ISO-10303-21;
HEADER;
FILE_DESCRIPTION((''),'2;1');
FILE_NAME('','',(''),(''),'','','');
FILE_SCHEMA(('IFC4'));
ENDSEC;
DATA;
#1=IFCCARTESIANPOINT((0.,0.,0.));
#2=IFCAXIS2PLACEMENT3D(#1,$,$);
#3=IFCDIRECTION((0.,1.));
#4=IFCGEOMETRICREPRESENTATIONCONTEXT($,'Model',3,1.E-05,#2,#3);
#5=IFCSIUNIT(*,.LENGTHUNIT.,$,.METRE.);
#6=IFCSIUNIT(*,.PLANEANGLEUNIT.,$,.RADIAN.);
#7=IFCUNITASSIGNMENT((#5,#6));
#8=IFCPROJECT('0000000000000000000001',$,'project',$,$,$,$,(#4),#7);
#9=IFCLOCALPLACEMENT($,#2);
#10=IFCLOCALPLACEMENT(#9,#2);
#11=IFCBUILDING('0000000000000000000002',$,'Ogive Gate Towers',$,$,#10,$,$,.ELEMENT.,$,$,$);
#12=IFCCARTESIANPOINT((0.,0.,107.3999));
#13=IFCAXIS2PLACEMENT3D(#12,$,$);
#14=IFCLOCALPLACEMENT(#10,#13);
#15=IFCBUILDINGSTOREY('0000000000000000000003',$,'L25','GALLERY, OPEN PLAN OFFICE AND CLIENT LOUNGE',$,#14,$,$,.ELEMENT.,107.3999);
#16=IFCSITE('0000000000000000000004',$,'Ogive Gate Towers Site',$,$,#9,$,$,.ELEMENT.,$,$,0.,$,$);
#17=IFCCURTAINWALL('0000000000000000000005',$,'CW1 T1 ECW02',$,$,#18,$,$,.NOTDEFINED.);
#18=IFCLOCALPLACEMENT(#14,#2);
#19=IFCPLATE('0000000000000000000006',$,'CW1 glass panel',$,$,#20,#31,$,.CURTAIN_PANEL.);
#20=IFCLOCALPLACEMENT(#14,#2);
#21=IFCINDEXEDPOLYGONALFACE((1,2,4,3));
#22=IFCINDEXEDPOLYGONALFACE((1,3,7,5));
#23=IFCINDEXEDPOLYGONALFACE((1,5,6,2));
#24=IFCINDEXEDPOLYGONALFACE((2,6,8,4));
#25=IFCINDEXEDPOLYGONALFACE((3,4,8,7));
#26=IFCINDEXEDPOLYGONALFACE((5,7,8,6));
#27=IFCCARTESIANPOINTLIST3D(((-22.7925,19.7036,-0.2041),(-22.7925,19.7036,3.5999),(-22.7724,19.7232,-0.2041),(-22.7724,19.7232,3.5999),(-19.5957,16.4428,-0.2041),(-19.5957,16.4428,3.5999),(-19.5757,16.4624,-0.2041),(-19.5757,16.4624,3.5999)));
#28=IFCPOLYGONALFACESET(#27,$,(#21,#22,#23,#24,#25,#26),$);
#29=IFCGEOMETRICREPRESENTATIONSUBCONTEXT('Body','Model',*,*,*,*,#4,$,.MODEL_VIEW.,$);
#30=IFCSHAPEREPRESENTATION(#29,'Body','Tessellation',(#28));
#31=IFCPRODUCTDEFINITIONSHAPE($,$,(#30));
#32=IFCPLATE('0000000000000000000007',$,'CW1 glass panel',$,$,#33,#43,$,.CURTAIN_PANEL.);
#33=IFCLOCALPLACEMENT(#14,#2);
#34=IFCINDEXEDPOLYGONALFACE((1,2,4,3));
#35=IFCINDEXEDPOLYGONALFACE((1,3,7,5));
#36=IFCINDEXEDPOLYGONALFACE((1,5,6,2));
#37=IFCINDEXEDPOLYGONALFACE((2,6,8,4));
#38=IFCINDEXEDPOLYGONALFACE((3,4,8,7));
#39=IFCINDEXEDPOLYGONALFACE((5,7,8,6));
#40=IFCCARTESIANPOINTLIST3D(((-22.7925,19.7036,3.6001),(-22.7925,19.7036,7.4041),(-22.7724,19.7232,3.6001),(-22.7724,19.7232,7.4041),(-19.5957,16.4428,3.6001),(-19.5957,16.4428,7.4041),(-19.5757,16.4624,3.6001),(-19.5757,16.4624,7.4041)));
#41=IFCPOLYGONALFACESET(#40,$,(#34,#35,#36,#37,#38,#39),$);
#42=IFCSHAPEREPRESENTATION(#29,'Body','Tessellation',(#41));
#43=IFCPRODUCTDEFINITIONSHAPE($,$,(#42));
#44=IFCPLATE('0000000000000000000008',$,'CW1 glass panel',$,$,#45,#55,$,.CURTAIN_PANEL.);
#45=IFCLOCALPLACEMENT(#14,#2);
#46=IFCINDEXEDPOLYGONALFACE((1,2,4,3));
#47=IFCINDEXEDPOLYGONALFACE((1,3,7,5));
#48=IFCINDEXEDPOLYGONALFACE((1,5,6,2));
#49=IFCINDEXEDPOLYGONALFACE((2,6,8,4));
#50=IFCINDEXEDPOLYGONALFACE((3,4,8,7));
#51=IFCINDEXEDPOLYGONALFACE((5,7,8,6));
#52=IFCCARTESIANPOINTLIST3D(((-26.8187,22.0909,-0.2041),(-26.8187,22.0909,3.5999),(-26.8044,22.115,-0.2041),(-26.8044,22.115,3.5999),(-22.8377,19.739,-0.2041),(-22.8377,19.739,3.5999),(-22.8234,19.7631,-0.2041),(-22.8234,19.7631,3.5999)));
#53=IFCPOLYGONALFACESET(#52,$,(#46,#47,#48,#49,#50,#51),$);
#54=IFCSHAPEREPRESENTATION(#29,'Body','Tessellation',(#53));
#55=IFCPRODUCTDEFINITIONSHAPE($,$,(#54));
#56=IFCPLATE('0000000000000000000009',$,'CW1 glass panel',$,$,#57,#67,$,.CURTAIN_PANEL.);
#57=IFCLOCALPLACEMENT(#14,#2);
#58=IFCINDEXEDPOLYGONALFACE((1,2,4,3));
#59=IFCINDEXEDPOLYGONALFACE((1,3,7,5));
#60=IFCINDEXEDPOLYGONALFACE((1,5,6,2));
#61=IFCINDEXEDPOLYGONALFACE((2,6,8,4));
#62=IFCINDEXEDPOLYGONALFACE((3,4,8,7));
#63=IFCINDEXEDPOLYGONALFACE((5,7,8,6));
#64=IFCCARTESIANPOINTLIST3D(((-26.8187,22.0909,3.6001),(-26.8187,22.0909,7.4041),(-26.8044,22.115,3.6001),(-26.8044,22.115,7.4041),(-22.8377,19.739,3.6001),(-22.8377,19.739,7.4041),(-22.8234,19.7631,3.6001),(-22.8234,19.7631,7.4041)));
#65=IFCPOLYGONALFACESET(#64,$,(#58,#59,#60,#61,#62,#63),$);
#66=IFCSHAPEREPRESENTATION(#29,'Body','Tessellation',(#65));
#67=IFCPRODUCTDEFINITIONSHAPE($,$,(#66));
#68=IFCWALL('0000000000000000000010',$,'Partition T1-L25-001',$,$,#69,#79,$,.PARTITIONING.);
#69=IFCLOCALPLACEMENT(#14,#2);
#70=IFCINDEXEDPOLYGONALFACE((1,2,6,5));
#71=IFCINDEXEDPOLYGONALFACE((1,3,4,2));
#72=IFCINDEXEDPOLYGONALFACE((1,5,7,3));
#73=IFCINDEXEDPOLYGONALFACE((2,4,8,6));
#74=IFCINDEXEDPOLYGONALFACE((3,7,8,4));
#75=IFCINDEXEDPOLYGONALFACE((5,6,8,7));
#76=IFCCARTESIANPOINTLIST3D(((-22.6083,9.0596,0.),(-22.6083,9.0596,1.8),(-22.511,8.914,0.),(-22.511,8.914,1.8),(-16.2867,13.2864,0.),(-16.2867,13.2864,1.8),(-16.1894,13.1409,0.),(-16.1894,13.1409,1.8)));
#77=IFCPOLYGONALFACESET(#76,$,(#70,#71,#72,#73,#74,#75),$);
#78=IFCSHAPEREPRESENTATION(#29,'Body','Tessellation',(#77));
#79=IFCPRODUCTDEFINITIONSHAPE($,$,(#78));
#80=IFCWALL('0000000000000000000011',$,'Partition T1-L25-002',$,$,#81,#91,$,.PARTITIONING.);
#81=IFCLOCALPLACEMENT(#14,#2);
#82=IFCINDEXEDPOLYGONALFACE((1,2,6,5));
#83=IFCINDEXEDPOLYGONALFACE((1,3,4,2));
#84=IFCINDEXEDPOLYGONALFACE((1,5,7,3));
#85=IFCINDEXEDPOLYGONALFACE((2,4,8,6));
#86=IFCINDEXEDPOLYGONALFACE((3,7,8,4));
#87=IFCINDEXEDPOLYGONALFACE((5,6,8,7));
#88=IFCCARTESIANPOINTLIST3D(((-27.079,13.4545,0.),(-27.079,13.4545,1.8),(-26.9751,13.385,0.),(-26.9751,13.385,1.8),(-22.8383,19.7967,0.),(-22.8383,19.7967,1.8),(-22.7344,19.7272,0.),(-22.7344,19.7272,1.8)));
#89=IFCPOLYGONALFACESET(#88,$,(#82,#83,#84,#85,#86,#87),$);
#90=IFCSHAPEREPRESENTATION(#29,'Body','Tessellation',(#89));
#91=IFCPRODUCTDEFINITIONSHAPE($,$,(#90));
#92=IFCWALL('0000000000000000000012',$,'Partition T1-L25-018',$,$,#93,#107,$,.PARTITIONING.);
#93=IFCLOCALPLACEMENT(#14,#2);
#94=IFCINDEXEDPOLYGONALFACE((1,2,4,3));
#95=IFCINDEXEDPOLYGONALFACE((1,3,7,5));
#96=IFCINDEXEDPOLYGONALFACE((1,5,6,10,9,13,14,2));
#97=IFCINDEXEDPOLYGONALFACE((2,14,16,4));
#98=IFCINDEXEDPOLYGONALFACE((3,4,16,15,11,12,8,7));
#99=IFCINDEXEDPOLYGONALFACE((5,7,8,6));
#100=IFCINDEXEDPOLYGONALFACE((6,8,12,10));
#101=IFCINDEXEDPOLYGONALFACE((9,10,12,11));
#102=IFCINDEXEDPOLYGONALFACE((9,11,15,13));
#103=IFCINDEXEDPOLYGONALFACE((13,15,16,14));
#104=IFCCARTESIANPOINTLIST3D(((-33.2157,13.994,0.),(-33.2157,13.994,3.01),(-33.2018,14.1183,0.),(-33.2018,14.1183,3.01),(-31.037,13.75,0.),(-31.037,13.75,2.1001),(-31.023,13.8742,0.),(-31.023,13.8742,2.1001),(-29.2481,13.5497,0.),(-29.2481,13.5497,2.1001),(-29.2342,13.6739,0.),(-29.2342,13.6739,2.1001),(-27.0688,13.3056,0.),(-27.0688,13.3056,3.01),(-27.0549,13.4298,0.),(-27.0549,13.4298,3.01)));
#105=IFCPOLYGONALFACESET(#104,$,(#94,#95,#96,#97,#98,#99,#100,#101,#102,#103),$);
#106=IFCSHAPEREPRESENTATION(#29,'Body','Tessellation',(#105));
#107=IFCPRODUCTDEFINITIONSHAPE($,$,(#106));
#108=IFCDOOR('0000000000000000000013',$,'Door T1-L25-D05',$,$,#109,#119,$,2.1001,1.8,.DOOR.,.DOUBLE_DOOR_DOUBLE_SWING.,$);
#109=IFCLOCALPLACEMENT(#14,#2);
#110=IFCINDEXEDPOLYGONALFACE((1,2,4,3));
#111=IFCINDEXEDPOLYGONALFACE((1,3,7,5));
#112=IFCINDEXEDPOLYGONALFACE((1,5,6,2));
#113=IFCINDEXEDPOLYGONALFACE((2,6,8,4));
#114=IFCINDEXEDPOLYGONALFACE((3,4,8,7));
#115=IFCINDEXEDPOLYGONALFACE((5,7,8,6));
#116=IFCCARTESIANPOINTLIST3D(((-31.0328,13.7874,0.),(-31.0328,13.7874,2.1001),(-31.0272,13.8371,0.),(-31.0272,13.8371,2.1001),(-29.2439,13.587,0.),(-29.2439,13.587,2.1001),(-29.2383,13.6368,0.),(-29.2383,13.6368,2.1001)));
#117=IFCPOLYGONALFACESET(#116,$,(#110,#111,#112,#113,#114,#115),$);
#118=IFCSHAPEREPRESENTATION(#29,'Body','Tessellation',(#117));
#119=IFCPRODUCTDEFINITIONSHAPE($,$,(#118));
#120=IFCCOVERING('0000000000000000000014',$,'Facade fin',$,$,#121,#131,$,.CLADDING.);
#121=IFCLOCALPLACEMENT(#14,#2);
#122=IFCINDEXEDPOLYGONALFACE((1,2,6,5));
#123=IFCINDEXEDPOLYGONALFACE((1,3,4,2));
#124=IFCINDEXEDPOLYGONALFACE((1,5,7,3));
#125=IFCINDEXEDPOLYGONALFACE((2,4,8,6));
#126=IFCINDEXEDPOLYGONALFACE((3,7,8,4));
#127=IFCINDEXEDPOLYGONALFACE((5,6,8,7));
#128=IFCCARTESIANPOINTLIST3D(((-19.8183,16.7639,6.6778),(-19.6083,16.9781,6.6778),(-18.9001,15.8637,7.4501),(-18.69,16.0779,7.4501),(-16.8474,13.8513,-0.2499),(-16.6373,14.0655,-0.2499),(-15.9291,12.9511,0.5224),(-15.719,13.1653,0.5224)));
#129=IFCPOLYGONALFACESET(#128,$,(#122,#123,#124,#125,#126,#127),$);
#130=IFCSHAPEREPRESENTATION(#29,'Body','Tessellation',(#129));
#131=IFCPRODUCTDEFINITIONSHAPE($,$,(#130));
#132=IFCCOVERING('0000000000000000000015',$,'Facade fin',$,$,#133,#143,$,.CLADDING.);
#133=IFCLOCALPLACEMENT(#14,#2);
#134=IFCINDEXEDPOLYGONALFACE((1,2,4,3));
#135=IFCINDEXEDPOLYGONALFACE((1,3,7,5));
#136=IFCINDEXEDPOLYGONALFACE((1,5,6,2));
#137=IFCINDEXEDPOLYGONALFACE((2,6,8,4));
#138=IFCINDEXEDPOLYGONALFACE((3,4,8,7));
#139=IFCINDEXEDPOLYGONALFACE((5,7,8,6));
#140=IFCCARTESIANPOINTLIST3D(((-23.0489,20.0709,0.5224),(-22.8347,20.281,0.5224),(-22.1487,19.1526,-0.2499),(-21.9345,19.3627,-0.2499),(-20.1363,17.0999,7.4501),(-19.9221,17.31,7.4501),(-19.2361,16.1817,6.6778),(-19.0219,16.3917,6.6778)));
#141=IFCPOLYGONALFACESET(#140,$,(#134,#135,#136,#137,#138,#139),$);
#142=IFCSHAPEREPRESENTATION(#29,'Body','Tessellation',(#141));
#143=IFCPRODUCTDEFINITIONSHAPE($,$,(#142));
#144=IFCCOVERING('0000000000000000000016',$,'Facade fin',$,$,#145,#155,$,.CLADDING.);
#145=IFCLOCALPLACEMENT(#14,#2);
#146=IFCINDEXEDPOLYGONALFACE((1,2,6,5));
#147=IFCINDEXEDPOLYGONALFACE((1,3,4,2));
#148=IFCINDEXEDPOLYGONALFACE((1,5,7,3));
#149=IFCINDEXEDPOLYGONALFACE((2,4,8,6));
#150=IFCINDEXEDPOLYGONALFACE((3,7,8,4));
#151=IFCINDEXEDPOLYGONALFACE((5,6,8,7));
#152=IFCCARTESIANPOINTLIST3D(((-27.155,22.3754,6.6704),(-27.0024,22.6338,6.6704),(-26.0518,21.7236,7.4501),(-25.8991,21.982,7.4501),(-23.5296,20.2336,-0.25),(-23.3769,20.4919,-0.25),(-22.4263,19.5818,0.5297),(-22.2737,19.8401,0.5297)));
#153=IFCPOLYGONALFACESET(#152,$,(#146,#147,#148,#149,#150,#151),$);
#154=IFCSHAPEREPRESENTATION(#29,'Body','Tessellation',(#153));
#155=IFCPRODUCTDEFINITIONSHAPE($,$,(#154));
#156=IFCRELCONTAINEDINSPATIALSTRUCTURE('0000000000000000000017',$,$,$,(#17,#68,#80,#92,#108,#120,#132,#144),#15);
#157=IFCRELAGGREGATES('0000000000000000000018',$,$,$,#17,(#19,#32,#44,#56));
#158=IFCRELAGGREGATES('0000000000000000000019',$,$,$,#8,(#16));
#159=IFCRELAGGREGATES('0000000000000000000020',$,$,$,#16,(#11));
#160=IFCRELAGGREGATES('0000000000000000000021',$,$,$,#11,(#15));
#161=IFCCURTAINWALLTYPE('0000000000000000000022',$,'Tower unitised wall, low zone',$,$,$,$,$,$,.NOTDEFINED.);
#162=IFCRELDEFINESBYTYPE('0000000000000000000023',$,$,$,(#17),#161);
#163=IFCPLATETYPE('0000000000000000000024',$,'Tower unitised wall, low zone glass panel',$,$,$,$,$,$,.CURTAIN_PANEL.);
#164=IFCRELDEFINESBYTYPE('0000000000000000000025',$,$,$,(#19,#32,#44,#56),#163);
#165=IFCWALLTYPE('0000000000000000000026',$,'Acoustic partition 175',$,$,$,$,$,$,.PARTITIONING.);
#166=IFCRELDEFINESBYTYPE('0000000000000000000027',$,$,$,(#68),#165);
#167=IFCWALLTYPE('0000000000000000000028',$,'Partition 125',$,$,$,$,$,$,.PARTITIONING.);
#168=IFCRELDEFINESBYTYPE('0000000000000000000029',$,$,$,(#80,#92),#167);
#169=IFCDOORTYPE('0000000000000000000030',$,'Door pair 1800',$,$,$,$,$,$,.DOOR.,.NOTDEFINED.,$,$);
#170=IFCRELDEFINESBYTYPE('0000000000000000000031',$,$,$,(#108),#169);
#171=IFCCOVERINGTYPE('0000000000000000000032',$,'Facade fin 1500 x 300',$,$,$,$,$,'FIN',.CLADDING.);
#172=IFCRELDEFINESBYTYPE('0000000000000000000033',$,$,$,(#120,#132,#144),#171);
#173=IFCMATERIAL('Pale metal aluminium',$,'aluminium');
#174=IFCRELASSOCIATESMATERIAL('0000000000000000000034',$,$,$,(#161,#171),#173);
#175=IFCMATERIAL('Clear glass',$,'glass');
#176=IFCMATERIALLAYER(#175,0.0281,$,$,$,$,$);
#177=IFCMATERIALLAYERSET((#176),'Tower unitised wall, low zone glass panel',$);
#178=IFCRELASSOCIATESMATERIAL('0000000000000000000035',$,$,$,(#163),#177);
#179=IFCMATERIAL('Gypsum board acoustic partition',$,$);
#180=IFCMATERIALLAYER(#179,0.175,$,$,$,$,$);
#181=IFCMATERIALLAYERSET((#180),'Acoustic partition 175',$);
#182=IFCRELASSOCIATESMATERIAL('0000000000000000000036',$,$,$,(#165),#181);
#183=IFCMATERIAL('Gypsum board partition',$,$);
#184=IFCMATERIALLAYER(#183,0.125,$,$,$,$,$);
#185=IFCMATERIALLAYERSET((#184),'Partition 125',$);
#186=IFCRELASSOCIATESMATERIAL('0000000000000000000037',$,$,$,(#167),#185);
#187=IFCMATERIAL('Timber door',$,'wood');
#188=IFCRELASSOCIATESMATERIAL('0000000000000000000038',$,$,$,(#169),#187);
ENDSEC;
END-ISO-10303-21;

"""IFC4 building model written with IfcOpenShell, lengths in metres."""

from ifc_helpers import new_model, si_unit, direction, frame, frame_2d, origin, origin_2d, place, context, subcontext, project, spatial, rectangle, extrude, material, layer, layer_set, material_profile, profile_set, type_object, element, fill, aggregate, save


model = new_model("IFC4")

# Units and contexts
model_context = context("Model", 3, precision=1e-05, world=origin(), true_north=direction((0.0, 1.0)))
body_context = subcontext(model_context, "Body", "Model", "MODEL_VIEW")
ifc_project = project(units=[si_unit("LENGTHUNIT", "METRE"), si_unit("PLANEANGLEUNIT", "RADIAN")], contexts=[model_context])

# Site, building, storey
site_placement = place(None, origin())
site = spatial("IfcSite", under=ifc_project, at=site_placement, Name="Ogive Gate Towers Site", CompositionType="ELEMENT", RefElevation=0.0)
building_placement = place(site_placement, origin())
building = spatial("IfcBuilding", under=site, at=building_placement, Name="Ogive Gate Towers", CompositionType="ELEMENT")
storey_placement = place(building_placement, frame((0.0, 0.0, 107.3999)))
storey = spatial("IfcBuildingStorey", under=building, at=storey_placement, Name="L25", Description="GALLERY, OPEN PLAN OFFICE AND CLIENT LOUNGE", CompositionType="ELEMENT", Elevation=107.3999)

# Shared definitions
ifc_material_1 = material(Name="Pale metal aluminium", Category="aluminium")
curtain_wall_type = type_object("IfcCurtainWallType", Name="Tower unitised wall, low zone", PredefinedType="NOTDEFINED", material=ifc_material_1)

# Curtain wall
curtain_wall_1_placement = place(storey_placement, origin())
curtain_wall_1 = element("IfcCurtainWall", 1, at=curtain_wall_1_placement, inside=storey, type_object=curtain_wall_type, Name="CW1 T1 ECW02", PredefinedType="NOTDEFINED")

# Plates
ifc_material_2 = material(Name="Clear glass", Category="glass")
ifc_layer_1 = layer(ifc_material_2, 0.0281)
ifc_layer_set_1 = layer_set([ifc_layer_1], Name="Tower unitised wall, low zone glass panel")
plate_type = type_object("IfcPlateType", Name="Tower unitised wall, low zone glass panel", PredefinedType="CURTAIN_PANEL", material=ifc_layer_set_1)
plate_1_placement = place(storey_placement, frame((-21.1841, 18.083, -0.2041), z_axis=(0.0, 0.0, 1.0), x_axis=(-0.700062, 0.714082, 0.0)))
plate_1 = element("IfcPlate", 2, at=plate_1_placement, type_object=plate_type, Name="CW1 glass panel", PredefinedType="CURTAIN_PANEL", context=body_context, shape_type="SweptSolid", body=[
    extrude(rectangle(XDim=4.5664, YDim=0.0281, at=origin_2d()), origin(), (0.0, 0.0, 1.0), 3.804),
])
plate_2_placement = place(storey_placement, frame((-21.1841, 18.083, 3.6001), z_axis=(0.0, 0.0, 1.0), x_axis=(-0.700062, 0.714082, 0.0)))
plate_2 = element("IfcPlate", 3, at=plate_2_placement, type_object=plate_type, Name="CW1 glass panel", PredefinedType="CURTAIN_PANEL", context=body_context, shape_type="SweptSolid", body=[
    extrude(rectangle(XDim=4.5664, YDim=0.0281, at=origin_2d()), origin(), (0.0, 0.0, 1.0), 3.804),
])
plate_3_placement = place(storey_placement, frame((-24.821, 20.927, -0.2041), z_axis=(0.0, 0.0, 1.0), x_axis=(-0.860973, 0.508651, 0.0)))
plate_3 = element("IfcPlate", 4, at=plate_3_placement, type_object=plate_type, Name="CW1 glass panel", PredefinedType="CURTAIN_PANEL", context=body_context, shape_type="SweptSolid", body=[
    extrude(rectangle(XDim=4.6238, YDim=0.0281, at=origin_2d()), origin(), (0.0, 0.0, 1.0), 3.804),
])
plate_4_placement = place(storey_placement, frame((-24.821, 20.927, 3.6001), z_axis=(0.0, 0.0, 1.0), x_axis=(-0.860973, 0.508651, 0.0)))
plate_4 = element("IfcPlate", 5, at=plate_4_placement, type_object=plate_type, Name="CW1 glass panel", PredefinedType="CURTAIN_PANEL", context=body_context, shape_type="SweptSolid", body=[
    extrude(rectangle(XDim=4.6238, YDim=0.0281, at=origin_2d()), origin(), (0.0, 0.0, 1.0), 3.804),
])
aggregate(curtain_wall_1, [plate_1, plate_2, plate_3, plate_4])

# Walls
ifc_material_3 = material(Name="Gypsum board acoustic partition")
ifc_layer_2 = layer(ifc_material_3, 0.175)
ifc_layer_set_2 = layer_set([ifc_layer_2], Name="Acoustic partition 175")
wall_type_1 = type_object("IfcWallType", Name="Acoustic partition 175", PredefinedType="PARTITIONING", material=ifc_layer_set_2)
wall_1_placement = place(storey_placement, frame((-16.238, 13.2136, 0.0), z_axis=(0.0, 0.0, 1.0), x_axis=(-0.831294, -0.555833, 0.0)))
element("IfcWall", 6, at=wall_1_placement, inside=storey, type_object=wall_type_1, Name="Partition T1-L25-001", PredefinedType="PARTITIONING", context=body_context, shape_type="SweptSolid", body=[
    extrude(rectangle(XDim=7.6045, YDim=0.175, at=frame_2d((3.8022, 0.0))), origin(), (0.0, 0.0, 1.0), 1.8),
])
ifc_material_4 = material(Name="Gypsum board partition")
ifc_layer_3 = layer(ifc_material_4, 0.125)
ifc_layer_set_3 = layer_set([ifc_layer_3], Name="Partition 125")
wall_type_2 = type_object("IfcWallType", Name="Partition 125", PredefinedType="PARTITIONING", material=ifc_layer_set_3)
wall_2_placement = place(storey_placement, frame((-22.7864, 19.762, 0.0), z_axis=(0.0, 0.0, 1.0), x_axis=(-0.555837, -0.831291, 0.0)))
element("IfcWall", 7, at=wall_2_placement, inside=storey, type_object=wall_type_2, Name="Partition T1-L25-002", PredefinedType="PARTITIONING", context=body_context, shape_type="SweptSolid", body=[
    extrude(rectangle(XDim=7.6294, YDim=0.125, at=frame_2d((3.8147, 0.0))), origin(), (0.0, 0.0, 1.0), 1.8),
])

# Wall, opening, door
wall_3_placement = place(storey_placement, frame((-27.0618, 13.3677, 0.0), z_axis=(0.0, 0.0, 1.0), x_axis=(-0.993786, 0.111307, 0.0)))
wall_3 = element("IfcWall", 8, at=wall_3_placement, inside=storey, type_object=wall_type_2, Name="Partition T1-L25-018", PredefinedType="PARTITIONING", context=body_context, shape_type="SweptSolid", body=[
    extrude(rectangle(XDim=6.1853, YDim=0.125, at=frame_2d((3.0928, 0.0))), origin(), (0.0, 0.0, 1.0), 3.01),
])
opening_placement = place(wall_3_placement, frame((2.1931, 0.0, 0.0)))
opening = element("IfcOpeningElement", 9, at=opening_placement, cuts=wall_3, PredefinedType="OPENING", context=body_context, shape_type="SweptSolid", body=[
    extrude(rectangle(XDim=1.8, YDim=2.1001, at=frame_2d((0.8999, 1.05))), frame((0.0, 0.0725, 0.0), z_axis=(0.0, -1.0, 0.0), x_axis=(1.0, 0.0, 0.0)), (0.0, 0.0, 1.0), 0.145),
])
ifc_material_5 = material(Name="Timber door", Category="wood")
door_type = type_object("IfcDoorType", Name="Door pair 1800", OperationType="NOTDEFINED", PredefinedType="DOOR", material=ifc_material_5)
door_placement = place(opening_placement, origin())
door = element("IfcDoor", 10, at=door_placement, inside=storey, type_object=door_type, Name="Door T1-L25-D05", OperationType="DOUBLE_DOOR_DOUBLE_SWING", OverallHeight=2.1001, OverallWidth=1.8, PredefinedType="DOOR", context=body_context, shape_type="SweptSolid", body=[
    extrude(rectangle(XDim=1.8, YDim=2.1001, at=frame_2d((0.8999, 1.05))), frame((0.0, 0.0249, 0.0), z_axis=(0.0, -1.0, 0.0), x_axis=(1.0, 0.0, 0.0)), (0.0, 0.0, 1.0), 0.05),
])
fill(opening, door)

# Coverings
ifc_material_profile_1 = material_profile(ifc_material_1, rectangle(XDim=0.3, YDim=1.5, at=origin_2d()), Name="1500 x 300 pale metal aluminium")
ifc_profile_set_1 = profile_set([ifc_material_profile_1], Name="Pale metal aluminium")
covering_type = type_object("IfcCoveringType", Name="Facade fin 1500 x 300", ElementType="FIN", PredefinedType="CLADDING", material=ifc_profile_set_1)
for number, where, z_axis, x_axis, name in (
    (11, (-16.2832, 13.5083, 0.1362), (-0.367644, 0.360423, 0.857282), (-0.70006, -0.714084, 0.0), "Facade fin"),
    (12, (-22.4917, 19.7168, 0.1362), (0.360423, -0.367644, 0.857282), (0.714084, 0.70006, 0.0), "Facade fin"),
):
    element("IfcCovering", number, at=place(storey_placement, frame(where, z_axis=z_axis, x_axis=x_axis)), inside=storey, type_object=covering_type, Name=name, PredefinedType="CLADDING", context=body_context, shape_type="SweptSolid", body=[
        extrude(rectangle(XDim=0.3, YDim=1.5, at=origin_2d()), origin(), (0.0, 0.0, 1.0), 8.0811),
    ])
covering_placement = place(storey_placement, frame((-22.9016, 20.0369, 0.1399), z_axis=(-0.447544, 0.264398, 0.854282), x_axis=(-0.508643, -0.860977, 0.0)))
element("IfcCovering", 13, at=covering_placement, inside=storey, type_object=covering_type, Name="Facade fin", PredefinedType="CLADDING", context=body_context, shape_type="SweptSolid", body=[
    extrude(rectangle(XDim=0.3, YDim=1.5, at=origin_2d()), origin(), (0.0, 0.0, 1.0), 8.1008),
])

save(model, "model.ifc")
